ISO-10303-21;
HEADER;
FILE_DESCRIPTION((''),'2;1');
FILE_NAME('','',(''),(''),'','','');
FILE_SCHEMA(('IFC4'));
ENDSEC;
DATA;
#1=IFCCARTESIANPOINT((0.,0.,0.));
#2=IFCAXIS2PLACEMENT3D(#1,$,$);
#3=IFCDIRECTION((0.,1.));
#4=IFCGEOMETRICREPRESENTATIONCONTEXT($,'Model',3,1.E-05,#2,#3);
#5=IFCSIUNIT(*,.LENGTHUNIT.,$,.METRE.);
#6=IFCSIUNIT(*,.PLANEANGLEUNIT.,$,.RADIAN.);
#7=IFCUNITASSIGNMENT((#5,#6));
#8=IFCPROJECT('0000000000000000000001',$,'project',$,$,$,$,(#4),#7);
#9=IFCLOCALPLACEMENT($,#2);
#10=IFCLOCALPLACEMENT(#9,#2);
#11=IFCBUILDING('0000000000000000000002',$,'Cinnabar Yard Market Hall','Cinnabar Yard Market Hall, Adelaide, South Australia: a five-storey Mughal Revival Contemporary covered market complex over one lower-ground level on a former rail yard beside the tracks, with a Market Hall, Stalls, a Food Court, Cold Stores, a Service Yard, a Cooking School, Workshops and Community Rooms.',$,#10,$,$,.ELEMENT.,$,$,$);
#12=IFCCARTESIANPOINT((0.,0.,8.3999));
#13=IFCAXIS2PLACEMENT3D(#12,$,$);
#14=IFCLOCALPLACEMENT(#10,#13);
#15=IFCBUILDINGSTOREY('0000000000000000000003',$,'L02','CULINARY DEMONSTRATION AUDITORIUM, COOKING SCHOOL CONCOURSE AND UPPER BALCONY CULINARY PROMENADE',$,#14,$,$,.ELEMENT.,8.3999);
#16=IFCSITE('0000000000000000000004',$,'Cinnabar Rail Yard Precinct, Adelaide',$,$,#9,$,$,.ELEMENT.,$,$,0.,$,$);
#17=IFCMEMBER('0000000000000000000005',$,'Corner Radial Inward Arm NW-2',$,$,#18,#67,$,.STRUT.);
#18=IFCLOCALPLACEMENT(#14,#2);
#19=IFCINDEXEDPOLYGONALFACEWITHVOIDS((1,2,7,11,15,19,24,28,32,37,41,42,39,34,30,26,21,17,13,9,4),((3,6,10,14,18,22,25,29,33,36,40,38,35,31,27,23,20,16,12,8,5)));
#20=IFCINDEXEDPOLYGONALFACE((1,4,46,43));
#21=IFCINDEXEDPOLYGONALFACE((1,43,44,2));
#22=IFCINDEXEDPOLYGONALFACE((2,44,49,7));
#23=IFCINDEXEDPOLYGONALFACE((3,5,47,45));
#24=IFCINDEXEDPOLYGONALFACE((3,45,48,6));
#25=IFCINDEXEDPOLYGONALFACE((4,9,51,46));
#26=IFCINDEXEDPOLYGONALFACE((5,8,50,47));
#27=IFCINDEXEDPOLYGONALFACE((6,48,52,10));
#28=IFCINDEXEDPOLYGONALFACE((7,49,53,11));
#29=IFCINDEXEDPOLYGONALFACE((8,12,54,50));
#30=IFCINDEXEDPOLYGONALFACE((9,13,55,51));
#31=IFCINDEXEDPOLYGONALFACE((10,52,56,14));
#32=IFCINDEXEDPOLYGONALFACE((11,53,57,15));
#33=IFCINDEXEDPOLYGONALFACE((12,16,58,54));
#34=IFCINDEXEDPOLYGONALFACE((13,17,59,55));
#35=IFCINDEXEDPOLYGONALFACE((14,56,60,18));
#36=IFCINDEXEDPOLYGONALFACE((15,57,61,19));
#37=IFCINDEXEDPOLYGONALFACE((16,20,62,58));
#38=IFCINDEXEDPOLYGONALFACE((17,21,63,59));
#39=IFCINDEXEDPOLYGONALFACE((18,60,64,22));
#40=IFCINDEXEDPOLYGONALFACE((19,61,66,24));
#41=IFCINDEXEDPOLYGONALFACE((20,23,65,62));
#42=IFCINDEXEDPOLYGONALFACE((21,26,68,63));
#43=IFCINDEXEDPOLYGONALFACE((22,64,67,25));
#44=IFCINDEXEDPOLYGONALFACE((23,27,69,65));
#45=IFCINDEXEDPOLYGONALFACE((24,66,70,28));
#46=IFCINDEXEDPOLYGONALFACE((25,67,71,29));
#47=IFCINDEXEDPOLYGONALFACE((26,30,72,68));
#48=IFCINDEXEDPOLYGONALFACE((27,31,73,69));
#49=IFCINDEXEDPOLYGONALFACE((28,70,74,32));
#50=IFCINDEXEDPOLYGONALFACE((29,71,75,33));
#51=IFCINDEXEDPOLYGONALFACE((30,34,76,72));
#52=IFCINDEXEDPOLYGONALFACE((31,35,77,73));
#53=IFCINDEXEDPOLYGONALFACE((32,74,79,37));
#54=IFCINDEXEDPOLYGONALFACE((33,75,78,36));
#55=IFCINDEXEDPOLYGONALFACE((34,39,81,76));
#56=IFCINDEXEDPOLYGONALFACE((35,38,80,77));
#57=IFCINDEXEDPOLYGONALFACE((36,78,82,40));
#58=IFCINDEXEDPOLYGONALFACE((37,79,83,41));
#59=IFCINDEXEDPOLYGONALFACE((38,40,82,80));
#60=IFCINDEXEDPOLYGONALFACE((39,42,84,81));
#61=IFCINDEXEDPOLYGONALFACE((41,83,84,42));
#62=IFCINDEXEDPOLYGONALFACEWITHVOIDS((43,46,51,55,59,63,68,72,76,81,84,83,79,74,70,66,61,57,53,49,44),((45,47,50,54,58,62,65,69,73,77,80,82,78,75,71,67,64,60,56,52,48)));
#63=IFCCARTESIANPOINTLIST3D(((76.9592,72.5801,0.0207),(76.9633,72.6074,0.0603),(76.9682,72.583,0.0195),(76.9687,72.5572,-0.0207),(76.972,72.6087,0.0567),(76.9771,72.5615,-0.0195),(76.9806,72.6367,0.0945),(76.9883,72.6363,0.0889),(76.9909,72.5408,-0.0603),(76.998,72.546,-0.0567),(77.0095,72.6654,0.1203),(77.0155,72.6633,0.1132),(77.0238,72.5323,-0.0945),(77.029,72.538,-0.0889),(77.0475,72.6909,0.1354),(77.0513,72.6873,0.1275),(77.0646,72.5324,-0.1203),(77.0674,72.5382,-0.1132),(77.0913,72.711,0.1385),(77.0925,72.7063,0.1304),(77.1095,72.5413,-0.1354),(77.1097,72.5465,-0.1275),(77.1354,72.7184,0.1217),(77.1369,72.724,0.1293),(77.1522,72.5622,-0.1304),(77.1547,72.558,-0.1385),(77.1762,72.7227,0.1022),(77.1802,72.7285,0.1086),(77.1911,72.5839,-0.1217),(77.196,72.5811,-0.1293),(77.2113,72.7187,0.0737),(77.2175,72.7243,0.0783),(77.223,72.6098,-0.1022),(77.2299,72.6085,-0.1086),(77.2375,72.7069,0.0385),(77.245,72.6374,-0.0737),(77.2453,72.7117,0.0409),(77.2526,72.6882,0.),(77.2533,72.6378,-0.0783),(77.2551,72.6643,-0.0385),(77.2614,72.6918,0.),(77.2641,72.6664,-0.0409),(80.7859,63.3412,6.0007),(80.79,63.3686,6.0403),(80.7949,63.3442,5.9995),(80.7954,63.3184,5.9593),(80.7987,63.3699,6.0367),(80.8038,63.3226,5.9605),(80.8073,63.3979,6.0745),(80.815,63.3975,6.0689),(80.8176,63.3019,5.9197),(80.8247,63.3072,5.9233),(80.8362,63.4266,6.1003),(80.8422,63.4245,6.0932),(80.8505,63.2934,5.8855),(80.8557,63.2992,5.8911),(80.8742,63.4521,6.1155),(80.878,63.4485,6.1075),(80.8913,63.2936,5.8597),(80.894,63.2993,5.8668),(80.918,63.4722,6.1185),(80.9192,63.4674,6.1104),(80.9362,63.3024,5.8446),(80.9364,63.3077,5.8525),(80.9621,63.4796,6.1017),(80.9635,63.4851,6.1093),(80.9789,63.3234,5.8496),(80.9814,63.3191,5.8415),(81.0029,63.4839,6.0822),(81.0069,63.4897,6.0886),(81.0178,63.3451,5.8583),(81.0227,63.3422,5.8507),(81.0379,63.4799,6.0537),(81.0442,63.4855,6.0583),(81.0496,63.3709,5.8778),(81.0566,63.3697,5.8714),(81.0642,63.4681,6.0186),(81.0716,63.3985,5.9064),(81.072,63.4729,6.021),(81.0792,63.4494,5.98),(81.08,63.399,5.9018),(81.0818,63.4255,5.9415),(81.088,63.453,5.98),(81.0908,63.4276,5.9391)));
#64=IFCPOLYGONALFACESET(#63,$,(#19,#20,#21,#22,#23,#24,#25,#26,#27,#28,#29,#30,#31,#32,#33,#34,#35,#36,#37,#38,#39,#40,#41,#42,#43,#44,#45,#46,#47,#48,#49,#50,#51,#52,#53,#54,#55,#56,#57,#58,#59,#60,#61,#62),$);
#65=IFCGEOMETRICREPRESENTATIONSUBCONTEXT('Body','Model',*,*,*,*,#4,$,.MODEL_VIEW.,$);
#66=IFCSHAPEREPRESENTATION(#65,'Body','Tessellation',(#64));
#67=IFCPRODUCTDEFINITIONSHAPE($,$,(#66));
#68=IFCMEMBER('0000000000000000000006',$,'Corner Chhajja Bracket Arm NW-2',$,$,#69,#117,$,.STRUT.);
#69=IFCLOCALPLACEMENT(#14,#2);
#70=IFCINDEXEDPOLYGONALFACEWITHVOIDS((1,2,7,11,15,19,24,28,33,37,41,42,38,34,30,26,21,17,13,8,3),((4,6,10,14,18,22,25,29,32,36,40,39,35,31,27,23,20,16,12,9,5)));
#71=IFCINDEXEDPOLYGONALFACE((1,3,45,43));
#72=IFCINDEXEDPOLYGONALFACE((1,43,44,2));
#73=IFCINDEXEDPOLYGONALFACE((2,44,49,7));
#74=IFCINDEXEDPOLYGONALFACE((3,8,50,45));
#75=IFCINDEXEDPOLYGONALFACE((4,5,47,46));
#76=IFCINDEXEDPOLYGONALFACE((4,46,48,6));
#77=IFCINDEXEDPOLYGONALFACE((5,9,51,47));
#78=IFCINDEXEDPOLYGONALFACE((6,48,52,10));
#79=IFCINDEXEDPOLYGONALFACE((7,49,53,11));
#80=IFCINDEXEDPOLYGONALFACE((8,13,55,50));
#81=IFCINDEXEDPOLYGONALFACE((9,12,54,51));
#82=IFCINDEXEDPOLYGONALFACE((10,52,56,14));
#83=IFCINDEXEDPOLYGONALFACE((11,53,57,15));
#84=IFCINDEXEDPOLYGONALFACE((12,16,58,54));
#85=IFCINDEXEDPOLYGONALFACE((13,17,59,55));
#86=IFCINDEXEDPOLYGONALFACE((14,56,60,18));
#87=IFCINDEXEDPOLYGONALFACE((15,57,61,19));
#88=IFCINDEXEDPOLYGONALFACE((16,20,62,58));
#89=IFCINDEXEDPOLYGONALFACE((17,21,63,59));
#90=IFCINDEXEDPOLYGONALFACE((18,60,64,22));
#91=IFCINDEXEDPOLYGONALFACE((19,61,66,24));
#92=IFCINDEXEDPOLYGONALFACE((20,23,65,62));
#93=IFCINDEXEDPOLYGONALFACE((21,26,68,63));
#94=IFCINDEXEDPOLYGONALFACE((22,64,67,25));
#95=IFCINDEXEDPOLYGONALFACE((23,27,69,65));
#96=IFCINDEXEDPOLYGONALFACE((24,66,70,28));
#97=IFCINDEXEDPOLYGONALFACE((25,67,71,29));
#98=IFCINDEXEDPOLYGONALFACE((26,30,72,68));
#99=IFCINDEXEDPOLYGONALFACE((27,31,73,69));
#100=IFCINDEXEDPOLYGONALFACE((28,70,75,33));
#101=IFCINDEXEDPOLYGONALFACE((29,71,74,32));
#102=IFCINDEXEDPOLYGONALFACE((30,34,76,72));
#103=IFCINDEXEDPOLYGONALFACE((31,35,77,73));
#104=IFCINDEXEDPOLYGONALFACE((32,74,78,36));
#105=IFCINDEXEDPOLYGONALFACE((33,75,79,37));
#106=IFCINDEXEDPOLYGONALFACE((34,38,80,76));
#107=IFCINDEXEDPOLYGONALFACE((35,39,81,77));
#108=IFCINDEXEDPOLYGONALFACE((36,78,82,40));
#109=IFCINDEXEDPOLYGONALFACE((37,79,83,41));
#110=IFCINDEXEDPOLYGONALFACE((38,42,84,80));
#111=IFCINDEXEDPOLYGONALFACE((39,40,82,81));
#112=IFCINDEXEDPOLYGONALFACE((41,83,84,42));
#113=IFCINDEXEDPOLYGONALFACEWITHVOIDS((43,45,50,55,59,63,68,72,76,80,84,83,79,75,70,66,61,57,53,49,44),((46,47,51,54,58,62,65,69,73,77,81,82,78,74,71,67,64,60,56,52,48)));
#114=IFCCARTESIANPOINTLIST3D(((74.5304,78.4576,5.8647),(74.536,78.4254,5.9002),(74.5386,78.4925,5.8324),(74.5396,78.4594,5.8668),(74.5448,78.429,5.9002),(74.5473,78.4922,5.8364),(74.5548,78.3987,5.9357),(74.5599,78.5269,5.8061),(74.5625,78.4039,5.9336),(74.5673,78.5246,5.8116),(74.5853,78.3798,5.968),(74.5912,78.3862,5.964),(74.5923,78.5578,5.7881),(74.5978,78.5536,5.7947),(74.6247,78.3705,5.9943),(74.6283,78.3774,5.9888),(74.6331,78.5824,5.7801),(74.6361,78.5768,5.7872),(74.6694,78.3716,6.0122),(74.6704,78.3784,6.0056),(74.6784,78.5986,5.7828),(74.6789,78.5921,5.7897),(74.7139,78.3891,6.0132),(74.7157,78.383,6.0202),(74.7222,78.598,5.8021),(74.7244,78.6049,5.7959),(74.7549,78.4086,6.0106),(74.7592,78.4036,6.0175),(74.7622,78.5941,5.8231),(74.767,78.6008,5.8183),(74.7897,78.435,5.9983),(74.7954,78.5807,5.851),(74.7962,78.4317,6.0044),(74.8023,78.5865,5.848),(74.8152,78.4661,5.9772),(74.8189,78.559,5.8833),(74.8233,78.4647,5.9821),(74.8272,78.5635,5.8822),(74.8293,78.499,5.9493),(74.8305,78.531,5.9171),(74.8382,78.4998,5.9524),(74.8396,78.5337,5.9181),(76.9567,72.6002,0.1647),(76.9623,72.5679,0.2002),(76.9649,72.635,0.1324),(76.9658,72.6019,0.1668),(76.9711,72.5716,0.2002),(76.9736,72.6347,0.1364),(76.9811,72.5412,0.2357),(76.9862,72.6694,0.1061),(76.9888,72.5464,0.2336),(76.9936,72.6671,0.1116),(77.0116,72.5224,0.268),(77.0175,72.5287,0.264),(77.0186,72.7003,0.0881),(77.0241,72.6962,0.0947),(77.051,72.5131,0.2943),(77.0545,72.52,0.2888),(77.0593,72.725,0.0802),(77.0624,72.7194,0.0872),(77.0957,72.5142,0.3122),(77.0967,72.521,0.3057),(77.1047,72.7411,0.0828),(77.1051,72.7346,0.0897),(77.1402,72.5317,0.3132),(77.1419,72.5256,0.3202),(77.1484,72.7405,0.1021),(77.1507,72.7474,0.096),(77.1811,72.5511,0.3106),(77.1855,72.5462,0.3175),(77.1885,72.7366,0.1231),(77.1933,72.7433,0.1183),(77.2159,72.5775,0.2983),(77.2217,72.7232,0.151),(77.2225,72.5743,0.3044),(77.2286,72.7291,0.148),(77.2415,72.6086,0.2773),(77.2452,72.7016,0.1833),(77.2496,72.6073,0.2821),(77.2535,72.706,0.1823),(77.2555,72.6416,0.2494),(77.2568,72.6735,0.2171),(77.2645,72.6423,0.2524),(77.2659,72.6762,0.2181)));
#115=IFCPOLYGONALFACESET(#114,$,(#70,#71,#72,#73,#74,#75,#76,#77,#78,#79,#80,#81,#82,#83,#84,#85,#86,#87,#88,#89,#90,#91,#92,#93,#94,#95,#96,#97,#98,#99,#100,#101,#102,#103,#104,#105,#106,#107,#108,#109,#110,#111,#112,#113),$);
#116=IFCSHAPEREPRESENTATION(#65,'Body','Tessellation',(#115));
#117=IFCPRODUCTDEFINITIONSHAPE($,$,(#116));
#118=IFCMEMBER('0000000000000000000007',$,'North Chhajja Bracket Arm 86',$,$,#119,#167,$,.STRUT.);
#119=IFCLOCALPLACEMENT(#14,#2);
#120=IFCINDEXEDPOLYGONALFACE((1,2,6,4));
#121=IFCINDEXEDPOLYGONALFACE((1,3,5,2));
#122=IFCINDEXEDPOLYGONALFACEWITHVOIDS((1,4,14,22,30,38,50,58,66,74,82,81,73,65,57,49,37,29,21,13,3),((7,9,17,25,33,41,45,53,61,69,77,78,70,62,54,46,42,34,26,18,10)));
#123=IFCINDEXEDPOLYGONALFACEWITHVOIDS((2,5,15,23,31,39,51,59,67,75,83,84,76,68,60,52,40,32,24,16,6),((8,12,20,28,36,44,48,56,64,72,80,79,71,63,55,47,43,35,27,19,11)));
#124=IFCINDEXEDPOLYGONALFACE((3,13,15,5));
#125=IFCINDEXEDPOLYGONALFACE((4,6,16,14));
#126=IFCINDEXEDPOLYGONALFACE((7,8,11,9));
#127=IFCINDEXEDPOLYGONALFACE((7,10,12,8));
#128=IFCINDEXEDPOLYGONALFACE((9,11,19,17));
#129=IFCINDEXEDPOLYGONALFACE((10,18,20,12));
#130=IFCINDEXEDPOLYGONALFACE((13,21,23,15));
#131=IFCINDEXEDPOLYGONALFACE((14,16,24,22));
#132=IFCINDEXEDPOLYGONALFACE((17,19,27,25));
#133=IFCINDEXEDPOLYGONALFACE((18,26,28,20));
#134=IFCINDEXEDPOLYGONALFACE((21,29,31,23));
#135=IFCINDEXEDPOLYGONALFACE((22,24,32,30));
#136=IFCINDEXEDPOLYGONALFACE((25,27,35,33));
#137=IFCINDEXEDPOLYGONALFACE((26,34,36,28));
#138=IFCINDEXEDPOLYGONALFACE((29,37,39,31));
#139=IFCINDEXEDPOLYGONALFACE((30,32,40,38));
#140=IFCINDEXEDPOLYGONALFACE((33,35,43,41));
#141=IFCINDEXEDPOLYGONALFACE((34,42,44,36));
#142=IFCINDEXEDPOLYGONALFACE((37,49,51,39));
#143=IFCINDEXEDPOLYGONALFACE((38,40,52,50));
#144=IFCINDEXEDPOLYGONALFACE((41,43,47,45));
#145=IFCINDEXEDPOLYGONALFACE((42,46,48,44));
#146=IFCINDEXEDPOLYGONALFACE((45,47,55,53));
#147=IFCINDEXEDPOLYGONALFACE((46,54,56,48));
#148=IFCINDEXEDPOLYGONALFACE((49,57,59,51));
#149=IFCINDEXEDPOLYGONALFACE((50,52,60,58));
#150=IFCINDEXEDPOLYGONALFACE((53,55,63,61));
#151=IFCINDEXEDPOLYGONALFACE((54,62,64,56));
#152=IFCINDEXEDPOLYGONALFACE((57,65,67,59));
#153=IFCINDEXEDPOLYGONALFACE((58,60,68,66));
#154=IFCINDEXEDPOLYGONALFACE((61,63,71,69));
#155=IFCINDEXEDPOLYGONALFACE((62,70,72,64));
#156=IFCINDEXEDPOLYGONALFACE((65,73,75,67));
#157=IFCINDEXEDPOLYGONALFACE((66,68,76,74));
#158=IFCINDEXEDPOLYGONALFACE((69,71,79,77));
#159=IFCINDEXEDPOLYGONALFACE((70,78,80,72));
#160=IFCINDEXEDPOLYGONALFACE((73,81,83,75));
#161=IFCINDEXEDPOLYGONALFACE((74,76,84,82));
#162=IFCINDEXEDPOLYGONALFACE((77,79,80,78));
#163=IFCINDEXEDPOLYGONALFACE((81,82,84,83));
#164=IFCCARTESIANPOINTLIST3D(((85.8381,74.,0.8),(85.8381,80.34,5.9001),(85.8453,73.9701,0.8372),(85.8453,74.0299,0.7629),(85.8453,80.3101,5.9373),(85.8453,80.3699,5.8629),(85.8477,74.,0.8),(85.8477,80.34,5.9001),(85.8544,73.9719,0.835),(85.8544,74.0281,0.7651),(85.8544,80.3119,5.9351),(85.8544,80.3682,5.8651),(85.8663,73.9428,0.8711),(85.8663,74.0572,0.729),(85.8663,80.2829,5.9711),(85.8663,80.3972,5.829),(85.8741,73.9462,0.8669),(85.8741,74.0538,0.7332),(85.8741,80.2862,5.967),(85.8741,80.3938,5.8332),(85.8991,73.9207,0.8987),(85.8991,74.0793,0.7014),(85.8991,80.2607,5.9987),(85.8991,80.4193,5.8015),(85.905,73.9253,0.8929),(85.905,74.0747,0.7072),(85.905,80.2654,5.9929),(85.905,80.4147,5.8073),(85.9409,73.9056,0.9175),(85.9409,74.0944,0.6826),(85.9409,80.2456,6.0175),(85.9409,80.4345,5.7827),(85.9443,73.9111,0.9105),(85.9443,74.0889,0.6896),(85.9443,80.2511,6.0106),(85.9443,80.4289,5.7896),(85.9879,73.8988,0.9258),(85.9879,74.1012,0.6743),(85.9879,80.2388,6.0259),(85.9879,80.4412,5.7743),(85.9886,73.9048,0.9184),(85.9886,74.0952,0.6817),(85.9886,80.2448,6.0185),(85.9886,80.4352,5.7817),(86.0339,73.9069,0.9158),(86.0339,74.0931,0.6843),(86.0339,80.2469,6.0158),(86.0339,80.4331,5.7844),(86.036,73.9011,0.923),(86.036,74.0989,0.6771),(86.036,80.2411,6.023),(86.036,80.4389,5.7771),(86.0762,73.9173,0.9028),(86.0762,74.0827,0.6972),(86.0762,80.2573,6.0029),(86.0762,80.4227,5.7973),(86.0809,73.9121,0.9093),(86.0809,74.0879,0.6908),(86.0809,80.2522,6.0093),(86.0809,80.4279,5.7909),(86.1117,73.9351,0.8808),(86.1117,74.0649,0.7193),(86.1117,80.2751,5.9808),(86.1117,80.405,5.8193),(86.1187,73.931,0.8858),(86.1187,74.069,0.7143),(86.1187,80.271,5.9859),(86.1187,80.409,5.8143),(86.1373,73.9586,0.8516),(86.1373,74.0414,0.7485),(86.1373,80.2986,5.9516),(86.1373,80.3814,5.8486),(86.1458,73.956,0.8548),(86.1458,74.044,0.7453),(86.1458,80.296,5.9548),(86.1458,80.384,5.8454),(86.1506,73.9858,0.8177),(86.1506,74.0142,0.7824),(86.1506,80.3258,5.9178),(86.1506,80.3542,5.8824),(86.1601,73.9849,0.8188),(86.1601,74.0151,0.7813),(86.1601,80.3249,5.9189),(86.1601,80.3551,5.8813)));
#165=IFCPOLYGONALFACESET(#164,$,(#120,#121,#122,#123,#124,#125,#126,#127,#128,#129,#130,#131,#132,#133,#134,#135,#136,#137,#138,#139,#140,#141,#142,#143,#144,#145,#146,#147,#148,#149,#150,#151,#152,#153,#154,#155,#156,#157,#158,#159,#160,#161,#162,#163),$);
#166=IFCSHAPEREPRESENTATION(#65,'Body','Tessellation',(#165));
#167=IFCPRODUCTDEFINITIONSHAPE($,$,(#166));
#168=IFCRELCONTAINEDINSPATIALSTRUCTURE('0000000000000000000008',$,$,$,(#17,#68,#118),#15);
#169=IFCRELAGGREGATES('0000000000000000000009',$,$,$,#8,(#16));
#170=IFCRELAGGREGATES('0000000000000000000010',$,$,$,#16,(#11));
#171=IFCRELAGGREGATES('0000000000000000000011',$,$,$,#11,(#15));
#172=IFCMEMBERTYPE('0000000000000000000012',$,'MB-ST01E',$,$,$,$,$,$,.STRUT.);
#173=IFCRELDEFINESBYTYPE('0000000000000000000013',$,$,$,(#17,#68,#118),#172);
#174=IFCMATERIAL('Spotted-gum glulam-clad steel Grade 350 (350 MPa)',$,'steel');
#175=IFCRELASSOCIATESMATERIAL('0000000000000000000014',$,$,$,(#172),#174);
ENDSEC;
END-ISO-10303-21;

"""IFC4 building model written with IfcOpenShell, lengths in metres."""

from ifc_helpers import new_model, si_unit, direction, frame, origin, origin_2d_with_axis, place, context, subcontext, project, spatial, hollow_circle, extrude, material, material_profile, profile_set, type_object, element, save


model = new_model("IFC4")

# Units and contexts
model_context = context("Model", 3, precision=1e-05, world=origin(), true_north=direction((0.0, 1.0)))
body_context = subcontext(model_context, "Body", "Model", "MODEL_VIEW")
ifc_project = project(units=[si_unit("LENGTHUNIT", "METRE"), si_unit("PLANEANGLEUNIT", "RADIAN")], contexts=[model_context])

# Site, building, storey
site_placement = place(None, origin())
site = spatial("IfcSite", under=ifc_project, at=site_placement, Name="Cinnabar Rail Yard Precinct, Adelaide", CompositionType="ELEMENT", RefElevation=0.0)
building_placement = place(site_placement, origin())
building = spatial("IfcBuilding", under=site, at=building_placement, Name="Cinnabar Yard Market Hall", Description="Cinnabar Yard Market Hall, Adelaide, South Australia: a five-storey Mughal Revival Contemporary covered market complex over one lower-ground level on a former rail yard beside the tracks, with a Market Hall, Stalls, a Food Court, Cold Stores, a Service Yard, a Cooking School, Workshops and Community Rooms.", CompositionType="ELEMENT")
storey_placement = place(building_placement, frame((0.0, 0.0, 8.3999)))
storey = spatial("IfcBuildingStorey", under=building, at=storey_placement, Name="L02", Description="CULINARY DEMONSTRATION AUDITORIUM, COOKING SCHOOL CONCOURSE AND UPPER BALCONY CULINARY PROMENADE", CompositionType="ELEMENT", Elevation=8.3999)

# Shared definitions
ifc_material_1 = material(Name="Spotted-gum glulam-clad steel Grade 350 (350 MPa)", Category="steel")

# Members
ifc_material_profile_1 = material_profile(ifc_material_1, hollow_circle(Radius=0.1619, WallThickness=0.0095, at=origin_2d_with_axis()), Name="323.9x9.5CHS")
ifc_profile_set_1 = profile_set([ifc_material_profile_1], Name="Spotted-gum glulam-clad steel Grade 350 (350 MPa)")
member_type_1 = type_object("IfcMemberType", Name="MB-ST01E", PredefinedType="STRUT", material=ifc_profile_set_1)
member_1_placement = place(storey_placement, frame((77.1118, 72.6299, 0.0), z_axis=(0.328425, -0.792923, 0.513235), x_axis=(0.923885, 0.382669, 0.0)))
element("IfcMember", 1, at=member_1_placement, inside=storey, type_object=member_type_1, Name="Corner Radial Inward Arm NW-2", PredefinedType="STRUT", context=body_context, shape_type="SweptSolid", body=[
    extrude(hollow_circle(Radius=0.1619, WallThickness=0.0095, at=origin_2d_with_axis()), origin(), (0.0, 0.0, 1.0), 11.6516),
])
member_2_placement = place(storey_placement, frame((77.1118, 72.6299, 0.2002), z_axis=(-0.284587, 0.68704, 0.66857), x_axis=(-0.923877, -0.38269, 0.0)))
element("IfcMember", 2, at=member_2_placement, inside=storey, type_object=member_type_1, Name="Corner Chhajja Bracket Arm NW-2", PredefinedType="STRUT", context=body_context, shape_type="SweptSolid", body=[
    extrude(hollow_circle(Radius=0.1619, WallThickness=0.0095, at=origin_2d_with_axis()), origin(), (0.0, 0.0, 1.0), 8.5256),
])
member_3_placement = place(storey_placement, frame((86.0, 74.0, 0.8), z_axis=(0.0, 0.779186, 0.626793), x_axis=(-1.0, 0.0, 0.0)))
element("IfcMember", 3, at=member_3_placement, inside=storey, type_object=member_type_1, Name="North Chhajja Bracket Arm 86", PredefinedType="STRUT", context=body_context, shape_type="SweptSolid", body=[
    extrude(hollow_circle(Radius=0.1619, WallThickness=0.0095, at=origin_2d_with_axis()), origin(), (0.0, 0.0, 1.0), 8.1367),
])

save(model, "model.ifc")
